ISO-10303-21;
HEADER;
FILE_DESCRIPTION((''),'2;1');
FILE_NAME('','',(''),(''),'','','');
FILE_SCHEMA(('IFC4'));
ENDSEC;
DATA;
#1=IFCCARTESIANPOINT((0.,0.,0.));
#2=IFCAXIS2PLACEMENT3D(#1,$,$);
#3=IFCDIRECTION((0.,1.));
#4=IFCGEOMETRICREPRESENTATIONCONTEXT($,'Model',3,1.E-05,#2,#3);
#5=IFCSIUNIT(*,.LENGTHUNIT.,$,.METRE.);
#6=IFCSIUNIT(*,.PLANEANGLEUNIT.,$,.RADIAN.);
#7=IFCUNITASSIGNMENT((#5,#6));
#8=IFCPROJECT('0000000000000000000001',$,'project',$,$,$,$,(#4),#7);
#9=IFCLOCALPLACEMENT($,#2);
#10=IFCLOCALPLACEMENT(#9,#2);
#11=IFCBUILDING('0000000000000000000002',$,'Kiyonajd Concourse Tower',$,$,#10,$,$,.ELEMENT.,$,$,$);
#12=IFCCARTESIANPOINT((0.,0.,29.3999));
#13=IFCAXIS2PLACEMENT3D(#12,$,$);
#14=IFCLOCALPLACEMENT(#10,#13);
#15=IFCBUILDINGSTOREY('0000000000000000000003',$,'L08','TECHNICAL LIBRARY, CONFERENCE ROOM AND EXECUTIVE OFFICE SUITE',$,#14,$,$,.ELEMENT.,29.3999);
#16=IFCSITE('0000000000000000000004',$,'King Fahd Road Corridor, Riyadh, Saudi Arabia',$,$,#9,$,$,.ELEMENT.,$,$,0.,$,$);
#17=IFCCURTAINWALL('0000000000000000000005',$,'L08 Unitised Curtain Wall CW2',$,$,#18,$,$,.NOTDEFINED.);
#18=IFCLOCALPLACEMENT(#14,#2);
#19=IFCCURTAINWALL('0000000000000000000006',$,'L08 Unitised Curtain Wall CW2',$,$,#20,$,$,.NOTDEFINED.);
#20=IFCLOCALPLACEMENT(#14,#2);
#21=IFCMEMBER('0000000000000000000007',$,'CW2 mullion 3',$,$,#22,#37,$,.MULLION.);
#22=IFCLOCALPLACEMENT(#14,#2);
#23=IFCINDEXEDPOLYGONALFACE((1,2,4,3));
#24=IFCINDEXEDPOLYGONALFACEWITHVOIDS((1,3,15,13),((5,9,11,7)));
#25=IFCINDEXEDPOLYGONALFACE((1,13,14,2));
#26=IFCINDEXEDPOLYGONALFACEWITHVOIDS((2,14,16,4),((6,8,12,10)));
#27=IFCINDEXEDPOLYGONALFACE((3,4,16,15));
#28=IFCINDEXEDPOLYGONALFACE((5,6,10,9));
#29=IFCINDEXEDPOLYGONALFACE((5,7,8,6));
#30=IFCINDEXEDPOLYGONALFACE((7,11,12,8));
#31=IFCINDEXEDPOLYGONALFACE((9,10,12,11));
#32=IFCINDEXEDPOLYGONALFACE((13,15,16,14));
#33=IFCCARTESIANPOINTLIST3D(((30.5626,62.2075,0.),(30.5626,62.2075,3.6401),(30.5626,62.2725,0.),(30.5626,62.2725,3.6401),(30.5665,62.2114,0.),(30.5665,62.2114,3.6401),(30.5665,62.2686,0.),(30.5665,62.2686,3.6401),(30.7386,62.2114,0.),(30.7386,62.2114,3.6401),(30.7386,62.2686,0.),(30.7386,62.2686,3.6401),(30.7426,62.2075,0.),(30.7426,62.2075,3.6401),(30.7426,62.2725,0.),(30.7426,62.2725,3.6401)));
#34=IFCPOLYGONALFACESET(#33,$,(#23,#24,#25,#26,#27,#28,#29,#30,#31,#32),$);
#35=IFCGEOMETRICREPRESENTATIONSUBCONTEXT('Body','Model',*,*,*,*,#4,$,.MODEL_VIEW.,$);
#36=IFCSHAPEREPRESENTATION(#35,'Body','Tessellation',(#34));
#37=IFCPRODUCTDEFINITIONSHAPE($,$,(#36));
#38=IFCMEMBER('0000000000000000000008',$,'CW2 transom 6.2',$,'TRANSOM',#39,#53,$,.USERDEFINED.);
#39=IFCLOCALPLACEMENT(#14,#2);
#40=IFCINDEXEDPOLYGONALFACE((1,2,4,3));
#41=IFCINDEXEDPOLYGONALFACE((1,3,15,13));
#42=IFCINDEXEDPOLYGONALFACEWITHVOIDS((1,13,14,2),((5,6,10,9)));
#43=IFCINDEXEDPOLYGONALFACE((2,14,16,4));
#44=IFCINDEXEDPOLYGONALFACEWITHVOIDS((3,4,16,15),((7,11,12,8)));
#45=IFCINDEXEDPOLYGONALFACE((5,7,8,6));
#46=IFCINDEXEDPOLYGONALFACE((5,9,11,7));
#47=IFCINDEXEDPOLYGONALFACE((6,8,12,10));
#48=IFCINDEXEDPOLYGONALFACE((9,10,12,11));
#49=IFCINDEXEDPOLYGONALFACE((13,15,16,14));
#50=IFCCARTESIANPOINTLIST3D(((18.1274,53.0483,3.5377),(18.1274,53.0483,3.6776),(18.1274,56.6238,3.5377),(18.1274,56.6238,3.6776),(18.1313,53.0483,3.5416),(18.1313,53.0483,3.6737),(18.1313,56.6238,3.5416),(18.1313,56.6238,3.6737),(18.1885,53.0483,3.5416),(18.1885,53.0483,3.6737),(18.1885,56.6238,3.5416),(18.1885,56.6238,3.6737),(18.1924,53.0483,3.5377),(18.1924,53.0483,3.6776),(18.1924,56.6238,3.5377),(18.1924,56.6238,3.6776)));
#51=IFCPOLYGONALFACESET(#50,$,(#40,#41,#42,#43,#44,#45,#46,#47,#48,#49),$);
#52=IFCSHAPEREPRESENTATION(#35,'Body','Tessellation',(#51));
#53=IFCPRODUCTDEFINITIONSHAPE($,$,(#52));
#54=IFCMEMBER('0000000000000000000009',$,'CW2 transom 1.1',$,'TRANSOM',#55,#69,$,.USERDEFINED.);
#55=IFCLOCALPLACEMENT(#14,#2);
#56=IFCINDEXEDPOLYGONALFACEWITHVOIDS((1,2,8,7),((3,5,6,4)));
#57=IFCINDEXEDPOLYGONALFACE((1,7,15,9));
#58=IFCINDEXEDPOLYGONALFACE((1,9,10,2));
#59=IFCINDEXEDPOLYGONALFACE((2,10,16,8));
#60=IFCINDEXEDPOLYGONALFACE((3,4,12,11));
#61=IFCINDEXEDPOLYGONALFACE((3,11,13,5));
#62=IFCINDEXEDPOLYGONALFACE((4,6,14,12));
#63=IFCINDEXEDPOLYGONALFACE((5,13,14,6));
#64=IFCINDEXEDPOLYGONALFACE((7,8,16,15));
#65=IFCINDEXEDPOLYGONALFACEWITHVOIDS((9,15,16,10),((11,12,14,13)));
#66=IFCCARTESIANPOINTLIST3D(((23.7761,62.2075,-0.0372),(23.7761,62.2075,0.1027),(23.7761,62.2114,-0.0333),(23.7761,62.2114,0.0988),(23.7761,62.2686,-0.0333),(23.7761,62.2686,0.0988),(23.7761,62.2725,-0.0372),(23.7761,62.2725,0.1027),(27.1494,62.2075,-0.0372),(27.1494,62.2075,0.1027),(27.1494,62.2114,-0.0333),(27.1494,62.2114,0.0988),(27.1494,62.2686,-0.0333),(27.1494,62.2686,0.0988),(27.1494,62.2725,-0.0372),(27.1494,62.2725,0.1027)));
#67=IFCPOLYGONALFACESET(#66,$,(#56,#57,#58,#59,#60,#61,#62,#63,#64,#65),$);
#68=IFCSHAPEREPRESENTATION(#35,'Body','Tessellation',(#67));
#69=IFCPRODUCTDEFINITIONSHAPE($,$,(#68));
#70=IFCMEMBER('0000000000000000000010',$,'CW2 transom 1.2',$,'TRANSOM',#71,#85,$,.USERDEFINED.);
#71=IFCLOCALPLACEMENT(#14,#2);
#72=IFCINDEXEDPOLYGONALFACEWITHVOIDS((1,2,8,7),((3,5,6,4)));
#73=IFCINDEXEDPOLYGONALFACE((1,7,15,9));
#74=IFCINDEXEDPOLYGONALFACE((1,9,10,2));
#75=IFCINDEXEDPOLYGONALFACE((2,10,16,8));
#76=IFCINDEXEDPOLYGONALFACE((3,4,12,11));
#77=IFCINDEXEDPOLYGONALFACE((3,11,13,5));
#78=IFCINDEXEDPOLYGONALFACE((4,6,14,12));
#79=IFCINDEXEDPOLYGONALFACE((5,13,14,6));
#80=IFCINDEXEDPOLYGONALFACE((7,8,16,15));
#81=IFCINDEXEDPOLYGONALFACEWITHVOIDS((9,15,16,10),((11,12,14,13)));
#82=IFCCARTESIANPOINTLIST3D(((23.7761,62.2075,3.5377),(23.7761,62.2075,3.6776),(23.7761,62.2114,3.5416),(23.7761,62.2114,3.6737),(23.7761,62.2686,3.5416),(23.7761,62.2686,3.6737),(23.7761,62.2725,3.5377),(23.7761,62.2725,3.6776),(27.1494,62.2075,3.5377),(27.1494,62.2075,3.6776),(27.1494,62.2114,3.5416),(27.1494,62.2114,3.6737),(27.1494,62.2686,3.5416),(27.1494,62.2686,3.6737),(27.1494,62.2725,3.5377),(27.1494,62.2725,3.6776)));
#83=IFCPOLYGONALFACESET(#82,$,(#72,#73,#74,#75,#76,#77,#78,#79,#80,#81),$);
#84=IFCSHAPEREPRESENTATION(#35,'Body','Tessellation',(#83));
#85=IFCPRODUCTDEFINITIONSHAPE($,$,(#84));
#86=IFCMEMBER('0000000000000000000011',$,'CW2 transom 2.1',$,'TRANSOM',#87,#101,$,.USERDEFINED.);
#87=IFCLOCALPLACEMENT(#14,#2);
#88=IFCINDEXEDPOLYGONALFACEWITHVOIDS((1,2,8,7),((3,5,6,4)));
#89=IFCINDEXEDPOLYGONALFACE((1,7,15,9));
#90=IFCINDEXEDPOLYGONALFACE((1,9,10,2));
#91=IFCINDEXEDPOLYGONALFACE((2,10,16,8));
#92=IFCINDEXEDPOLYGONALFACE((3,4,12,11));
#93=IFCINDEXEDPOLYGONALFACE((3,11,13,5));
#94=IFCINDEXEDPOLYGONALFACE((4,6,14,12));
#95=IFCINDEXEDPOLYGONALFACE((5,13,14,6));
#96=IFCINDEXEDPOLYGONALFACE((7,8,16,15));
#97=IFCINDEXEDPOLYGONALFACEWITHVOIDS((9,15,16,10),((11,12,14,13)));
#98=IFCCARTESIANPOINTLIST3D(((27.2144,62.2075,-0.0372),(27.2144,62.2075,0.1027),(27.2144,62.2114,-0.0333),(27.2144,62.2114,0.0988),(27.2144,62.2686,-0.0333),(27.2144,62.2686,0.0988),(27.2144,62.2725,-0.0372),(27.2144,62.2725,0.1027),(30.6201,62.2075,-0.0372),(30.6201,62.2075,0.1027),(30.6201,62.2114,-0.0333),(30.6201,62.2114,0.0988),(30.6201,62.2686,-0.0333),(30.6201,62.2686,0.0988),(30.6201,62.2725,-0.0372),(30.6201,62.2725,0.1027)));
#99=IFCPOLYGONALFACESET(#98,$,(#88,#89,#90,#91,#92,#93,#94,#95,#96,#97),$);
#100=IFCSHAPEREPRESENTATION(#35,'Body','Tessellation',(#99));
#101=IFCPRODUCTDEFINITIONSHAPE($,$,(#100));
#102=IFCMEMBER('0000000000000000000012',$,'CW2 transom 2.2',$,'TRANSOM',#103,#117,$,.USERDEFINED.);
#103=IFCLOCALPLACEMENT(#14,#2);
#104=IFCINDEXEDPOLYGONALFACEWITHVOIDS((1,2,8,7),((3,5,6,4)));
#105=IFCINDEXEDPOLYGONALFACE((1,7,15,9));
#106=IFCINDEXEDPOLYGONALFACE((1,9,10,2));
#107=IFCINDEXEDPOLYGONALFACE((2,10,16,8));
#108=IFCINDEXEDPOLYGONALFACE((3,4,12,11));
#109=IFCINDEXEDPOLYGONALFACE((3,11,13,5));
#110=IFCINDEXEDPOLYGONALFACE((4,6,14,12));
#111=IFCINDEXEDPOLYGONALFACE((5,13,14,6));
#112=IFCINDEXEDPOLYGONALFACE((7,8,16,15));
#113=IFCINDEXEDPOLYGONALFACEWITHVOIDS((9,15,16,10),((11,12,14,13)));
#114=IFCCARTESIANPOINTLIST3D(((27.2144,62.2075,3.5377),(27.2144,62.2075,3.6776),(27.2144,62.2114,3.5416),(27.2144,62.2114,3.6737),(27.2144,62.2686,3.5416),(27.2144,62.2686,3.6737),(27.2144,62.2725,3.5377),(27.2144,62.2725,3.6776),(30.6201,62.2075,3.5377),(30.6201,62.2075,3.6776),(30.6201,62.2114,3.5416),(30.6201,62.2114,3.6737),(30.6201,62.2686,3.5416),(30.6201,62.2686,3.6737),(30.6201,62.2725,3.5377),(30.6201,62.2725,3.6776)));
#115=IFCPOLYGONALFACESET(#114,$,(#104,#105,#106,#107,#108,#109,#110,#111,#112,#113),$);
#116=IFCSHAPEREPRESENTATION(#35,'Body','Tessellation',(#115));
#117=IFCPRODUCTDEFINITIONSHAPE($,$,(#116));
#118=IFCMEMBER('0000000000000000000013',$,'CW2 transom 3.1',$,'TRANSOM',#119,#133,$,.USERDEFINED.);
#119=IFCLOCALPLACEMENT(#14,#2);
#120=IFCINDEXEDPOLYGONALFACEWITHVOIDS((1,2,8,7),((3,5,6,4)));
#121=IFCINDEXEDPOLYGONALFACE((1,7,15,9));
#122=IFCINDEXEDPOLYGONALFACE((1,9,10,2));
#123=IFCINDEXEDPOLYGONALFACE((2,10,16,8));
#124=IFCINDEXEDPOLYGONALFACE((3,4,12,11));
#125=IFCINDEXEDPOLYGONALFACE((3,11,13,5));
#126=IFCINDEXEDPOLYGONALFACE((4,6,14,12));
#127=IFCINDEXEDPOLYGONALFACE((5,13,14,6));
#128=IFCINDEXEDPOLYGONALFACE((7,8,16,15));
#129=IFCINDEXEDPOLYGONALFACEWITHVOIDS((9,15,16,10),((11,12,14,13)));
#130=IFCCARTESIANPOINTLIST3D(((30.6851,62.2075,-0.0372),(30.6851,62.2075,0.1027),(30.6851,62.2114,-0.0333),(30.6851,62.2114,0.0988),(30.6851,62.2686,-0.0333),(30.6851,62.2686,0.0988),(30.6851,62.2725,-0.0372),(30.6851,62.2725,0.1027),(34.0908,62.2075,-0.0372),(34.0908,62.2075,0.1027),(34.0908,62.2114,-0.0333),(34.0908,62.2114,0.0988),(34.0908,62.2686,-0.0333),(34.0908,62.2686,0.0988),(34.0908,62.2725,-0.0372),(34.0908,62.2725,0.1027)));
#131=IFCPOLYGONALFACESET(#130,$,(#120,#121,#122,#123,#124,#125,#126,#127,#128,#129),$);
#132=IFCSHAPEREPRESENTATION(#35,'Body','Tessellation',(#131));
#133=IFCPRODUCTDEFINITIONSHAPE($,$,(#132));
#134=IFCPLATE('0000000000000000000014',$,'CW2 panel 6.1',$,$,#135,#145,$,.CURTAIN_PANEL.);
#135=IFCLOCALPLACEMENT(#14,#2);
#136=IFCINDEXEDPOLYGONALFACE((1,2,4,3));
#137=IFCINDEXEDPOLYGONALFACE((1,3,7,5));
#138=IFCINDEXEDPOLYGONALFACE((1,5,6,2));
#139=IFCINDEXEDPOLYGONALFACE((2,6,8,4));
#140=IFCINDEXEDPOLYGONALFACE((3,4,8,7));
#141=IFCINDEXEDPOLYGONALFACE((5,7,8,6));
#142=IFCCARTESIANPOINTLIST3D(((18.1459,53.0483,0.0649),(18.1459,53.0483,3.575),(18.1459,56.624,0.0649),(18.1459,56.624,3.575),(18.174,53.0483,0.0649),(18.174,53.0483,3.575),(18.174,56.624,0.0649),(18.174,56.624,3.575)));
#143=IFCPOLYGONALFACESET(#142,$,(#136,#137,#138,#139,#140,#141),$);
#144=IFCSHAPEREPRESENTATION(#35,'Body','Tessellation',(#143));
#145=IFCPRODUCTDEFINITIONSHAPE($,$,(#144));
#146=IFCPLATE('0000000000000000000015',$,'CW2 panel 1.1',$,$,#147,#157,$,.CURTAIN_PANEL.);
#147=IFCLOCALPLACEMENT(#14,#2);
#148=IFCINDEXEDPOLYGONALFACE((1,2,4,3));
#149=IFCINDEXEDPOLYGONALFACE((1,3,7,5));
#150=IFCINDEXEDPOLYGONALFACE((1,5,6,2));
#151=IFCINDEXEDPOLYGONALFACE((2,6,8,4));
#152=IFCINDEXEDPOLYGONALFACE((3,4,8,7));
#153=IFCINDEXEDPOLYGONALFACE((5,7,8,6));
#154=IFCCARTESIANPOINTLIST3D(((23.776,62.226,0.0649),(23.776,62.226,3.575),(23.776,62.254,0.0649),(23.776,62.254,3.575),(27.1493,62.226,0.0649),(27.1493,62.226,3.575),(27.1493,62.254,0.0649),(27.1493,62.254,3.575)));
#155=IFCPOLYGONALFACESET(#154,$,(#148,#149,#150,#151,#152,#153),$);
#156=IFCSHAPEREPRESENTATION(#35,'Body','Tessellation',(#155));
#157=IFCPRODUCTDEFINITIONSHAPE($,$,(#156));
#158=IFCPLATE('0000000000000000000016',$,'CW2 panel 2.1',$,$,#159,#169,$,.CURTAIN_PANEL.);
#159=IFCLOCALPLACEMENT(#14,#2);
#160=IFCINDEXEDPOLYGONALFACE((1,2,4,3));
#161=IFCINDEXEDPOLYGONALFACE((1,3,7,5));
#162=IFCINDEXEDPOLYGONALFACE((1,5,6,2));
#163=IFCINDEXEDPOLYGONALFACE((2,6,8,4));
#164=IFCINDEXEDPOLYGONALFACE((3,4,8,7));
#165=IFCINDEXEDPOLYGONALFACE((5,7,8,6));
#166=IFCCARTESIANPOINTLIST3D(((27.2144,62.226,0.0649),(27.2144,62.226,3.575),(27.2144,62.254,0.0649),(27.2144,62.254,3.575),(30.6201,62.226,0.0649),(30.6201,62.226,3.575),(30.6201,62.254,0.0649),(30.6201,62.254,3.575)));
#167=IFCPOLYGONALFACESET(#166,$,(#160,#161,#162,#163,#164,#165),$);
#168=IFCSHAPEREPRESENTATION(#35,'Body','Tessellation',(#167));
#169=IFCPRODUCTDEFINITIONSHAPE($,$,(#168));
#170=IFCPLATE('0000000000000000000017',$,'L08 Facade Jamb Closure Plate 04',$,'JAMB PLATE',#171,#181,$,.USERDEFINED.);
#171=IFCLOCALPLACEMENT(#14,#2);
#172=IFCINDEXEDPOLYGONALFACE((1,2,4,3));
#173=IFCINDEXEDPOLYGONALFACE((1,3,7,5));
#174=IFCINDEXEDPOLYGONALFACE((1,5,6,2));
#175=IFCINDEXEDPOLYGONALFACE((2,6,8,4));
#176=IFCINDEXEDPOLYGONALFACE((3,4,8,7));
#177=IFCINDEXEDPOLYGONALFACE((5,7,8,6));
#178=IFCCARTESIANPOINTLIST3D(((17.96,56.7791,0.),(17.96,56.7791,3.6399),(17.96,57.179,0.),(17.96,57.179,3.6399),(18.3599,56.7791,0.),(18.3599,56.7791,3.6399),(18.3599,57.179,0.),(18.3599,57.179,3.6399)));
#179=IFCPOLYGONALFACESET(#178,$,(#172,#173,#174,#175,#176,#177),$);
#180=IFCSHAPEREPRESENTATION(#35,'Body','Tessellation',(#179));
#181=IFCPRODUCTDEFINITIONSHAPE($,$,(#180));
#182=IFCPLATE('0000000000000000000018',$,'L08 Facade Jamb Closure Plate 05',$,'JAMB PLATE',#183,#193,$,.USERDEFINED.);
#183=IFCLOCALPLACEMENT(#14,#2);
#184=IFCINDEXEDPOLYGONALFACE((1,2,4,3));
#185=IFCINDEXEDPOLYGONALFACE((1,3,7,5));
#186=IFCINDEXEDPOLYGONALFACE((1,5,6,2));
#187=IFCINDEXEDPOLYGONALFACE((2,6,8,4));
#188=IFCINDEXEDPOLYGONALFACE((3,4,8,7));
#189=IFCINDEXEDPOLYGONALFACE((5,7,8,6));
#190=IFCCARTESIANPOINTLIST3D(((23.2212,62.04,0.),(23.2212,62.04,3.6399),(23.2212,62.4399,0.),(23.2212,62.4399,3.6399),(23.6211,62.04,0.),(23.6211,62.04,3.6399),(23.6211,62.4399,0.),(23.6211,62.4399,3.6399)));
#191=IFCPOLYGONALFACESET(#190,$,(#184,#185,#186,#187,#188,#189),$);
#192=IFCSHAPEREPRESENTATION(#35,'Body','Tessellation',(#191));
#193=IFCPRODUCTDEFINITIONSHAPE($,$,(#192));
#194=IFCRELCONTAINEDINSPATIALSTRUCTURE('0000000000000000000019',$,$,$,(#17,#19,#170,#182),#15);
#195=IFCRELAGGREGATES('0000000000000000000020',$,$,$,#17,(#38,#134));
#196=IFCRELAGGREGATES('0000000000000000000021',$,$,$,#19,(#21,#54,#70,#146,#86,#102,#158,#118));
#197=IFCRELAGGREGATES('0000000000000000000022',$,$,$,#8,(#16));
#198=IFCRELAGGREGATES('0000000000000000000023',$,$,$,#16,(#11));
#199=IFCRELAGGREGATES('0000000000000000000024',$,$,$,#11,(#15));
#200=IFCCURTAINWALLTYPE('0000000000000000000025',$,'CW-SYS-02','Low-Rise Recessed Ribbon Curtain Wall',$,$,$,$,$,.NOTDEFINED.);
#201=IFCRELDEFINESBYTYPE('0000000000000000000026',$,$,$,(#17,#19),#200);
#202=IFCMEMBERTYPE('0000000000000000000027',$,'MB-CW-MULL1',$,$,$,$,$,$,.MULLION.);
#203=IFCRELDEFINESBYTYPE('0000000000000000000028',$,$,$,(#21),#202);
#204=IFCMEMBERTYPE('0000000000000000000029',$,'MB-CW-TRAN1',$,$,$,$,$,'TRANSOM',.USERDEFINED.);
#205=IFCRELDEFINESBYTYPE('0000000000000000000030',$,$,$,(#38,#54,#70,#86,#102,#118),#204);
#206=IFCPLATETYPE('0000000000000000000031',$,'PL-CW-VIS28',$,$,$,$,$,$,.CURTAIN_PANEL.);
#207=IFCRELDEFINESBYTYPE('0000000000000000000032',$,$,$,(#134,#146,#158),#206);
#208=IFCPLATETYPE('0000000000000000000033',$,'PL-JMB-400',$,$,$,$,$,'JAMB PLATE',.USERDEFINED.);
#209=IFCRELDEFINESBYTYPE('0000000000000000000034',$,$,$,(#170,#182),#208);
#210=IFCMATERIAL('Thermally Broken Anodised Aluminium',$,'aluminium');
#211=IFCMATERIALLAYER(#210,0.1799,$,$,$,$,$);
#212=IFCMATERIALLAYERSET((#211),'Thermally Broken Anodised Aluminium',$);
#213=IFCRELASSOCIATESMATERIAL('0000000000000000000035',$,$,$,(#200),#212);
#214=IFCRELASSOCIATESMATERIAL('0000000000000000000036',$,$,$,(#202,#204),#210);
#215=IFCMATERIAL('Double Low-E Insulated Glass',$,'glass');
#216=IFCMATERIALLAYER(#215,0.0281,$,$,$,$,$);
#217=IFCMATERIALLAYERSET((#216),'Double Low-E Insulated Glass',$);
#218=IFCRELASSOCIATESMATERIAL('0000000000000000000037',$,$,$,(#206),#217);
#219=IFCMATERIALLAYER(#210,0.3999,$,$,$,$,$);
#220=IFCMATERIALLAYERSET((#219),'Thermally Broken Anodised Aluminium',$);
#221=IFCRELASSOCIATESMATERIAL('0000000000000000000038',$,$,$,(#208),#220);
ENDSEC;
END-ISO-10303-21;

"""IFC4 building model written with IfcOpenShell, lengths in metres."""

from ifc_helpers import new_model, si_unit, direction, frame, origin, origin_2d, place, context, subcontext, project, spatial, rectangle, hollow_rectangle, extrude, material, layer, layer_set, material_profile, profile_set, type_object, element, aggregate, save


model = new_model("IFC4")

# Units and contexts
model_context = context("Model", 3, precision=1e-05, world=origin(), true_north=direction((0.0, 1.0)))
body_context = subcontext(model_context, "Body", "Model", "MODEL_VIEW")
ifc_project = project(units=[si_unit("LENGTHUNIT", "METRE"), si_unit("PLANEANGLEUNIT", "RADIAN")], contexts=[model_context])

# Site, building, storey
site_placement = place(None, origin())
site = spatial("IfcSite", under=ifc_project, at=site_placement, Name="King Fahd Road Corridor, Riyadh, Saudi Arabia", CompositionType="ELEMENT", RefElevation=0.0)
building_placement = place(site_placement, origin())
building = spatial("IfcBuilding", under=site, at=building_placement, Name="Kiyonajd Concourse Tower", CompositionType="ELEMENT")
storey_placement = place(building_placement, frame((0.0, 0.0, 29.3999)))
storey = spatial("IfcBuildingStorey", under=building, at=storey_placement, Name="L08", Description="TECHNICAL LIBRARY, CONFERENCE ROOM AND EXECUTIVE OFFICE SUITE", CompositionType="ELEMENT", Elevation=29.3999)

# Curtain wall
ifc_material_1 = material(Name="Thermally Broken Anodised Aluminium", Category="aluminium")
ifc_layer_1 = layer(ifc_material_1, 0.1799)
ifc_layer_set_1 = layer_set([ifc_layer_1], Name="Thermally Broken Anodised Aluminium")
curtain_wall_type = type_object("IfcCurtainWallType", Name="CW-SYS-02", Description="Low-Rise Recessed Ribbon Curtain Wall", PredefinedType="NOTDEFINED", material=ifc_layer_set_1)
curtain_wall_1_placement = place(storey_placement, origin())
curtain_wall_1 = element("IfcCurtainWall", 1, at=curtain_wall_1_placement, inside=storey, type_object=curtain_wall_type, Name="L08 Unitised Curtain Wall CW2", PredefinedType="NOTDEFINED")
ifc_material_profile_1 = material_profile(ifc_material_1, hollow_rectangle(XDim=0.0649, YDim=0.1799, WallThickness=0.0039, at=origin_2d()), Name="MULL-65x180")
ifc_profile_set_1 = profile_set([ifc_material_profile_1], Name="Thermally Broken Anodised Aluminium")
member_type_1 = type_object("IfcMemberType", Name="MB-CW-MULL1", PredefinedType="MULLION", material=ifc_profile_set_1)

# Curtain wall, member
curtain_wall_2_placement = place(storey_placement, origin())
curtain_wall_2 = element("IfcCurtainWall", 2, at=curtain_wall_2_placement, inside=storey, type_object=curtain_wall_type, Name="L08 Unitised Curtain Wall CW2", PredefinedType="NOTDEFINED")
member_1_placement = place(storey_placement, frame((30.6526, 62.24, 0.0), z_axis=(0.0, 0.0, 1.0), x_axis=(0.0, 1.0, 0.0)))
member_1 = element("IfcMember", 3, at=member_1_placement, type_object=member_type_1, Name="CW2 mullion 3", PredefinedType="MULLION", context=body_context, shape_type="SweptSolid", body=[
    extrude(hollow_rectangle(XDim=0.0649, YDim=0.1799, WallThickness=0.0039, at=origin_2d()), origin(), (0.0, 0.0, 1.0), 3.6401),
])

# Members
ifc_material_profile_2 = material_profile(ifc_material_1, hollow_rectangle(XDim=0.0649, YDim=0.1399, WallThickness=0.0039, at=origin_2d()), Name="TRAN-65x140")
ifc_profile_set_2 = profile_set([ifc_material_profile_2], Name="Thermally Broken Anodised Aluminium")
member_type_2 = type_object("IfcMemberType", Name="MB-CW-TRAN1", ElementType="TRANSOM", PredefinedType="USERDEFINED", material=ifc_profile_set_2)
member_2_placement = place(storey_placement, frame((18.1599, 53.0483, 3.6077), z_axis=(0.0, 1.0, 0.0), x_axis=(-1.0, 0.0, 0.0)))
member_2 = element("IfcMember", 4, at=member_2_placement, type_object=member_type_2, Name="CW2 transom 6.2", ObjectType="TRANSOM", PredefinedType="USERDEFINED", context=body_context, shape_type="SweptSolid", body=[
    extrude(hollow_rectangle(XDim=0.0649, YDim=0.1399, WallThickness=0.0039, at=origin_2d()), origin(), (0.0, 0.0, 1.0), 3.5754),
])
member_3_placement = place(storey_placement, frame((23.7761, 62.24, 0.0327), z_axis=(1.0, 0.0, 0.0), x_axis=(0.0, 1.0, 0.0)))
member_3 = element("IfcMember", 5, at=member_3_placement, type_object=member_type_2, Name="CW2 transom 1.1", ObjectType="TRANSOM", PredefinedType="USERDEFINED", context=body_context, shape_type="SweptSolid", body=[
    extrude(hollow_rectangle(XDim=0.0649, YDim=0.1399, WallThickness=0.0039, at=origin_2d()), origin(), (0.0, 0.0, 1.0), 3.3733),
])
member_4_placement = place(storey_placement, frame((23.7761, 62.24, 3.6077), z_axis=(1.0, 0.0, 0.0), x_axis=(0.0, 1.0, 0.0)))
member_4 = element("IfcMember", 6, at=member_4_placement, type_object=member_type_2, Name="CW2 transom 1.2", ObjectType="TRANSOM", PredefinedType="USERDEFINED", context=body_context, shape_type="SweptSolid", body=[
    extrude(hollow_rectangle(XDim=0.0649, YDim=0.1399, WallThickness=0.0039, at=origin_2d()), origin(), (0.0, 0.0, 1.0), 3.3733),
])
member_5_placement = place(storey_placement, frame((27.2144, 62.24, 0.0327), z_axis=(1.0, 0.0, 0.0), x_axis=(0.0, 1.0, 0.0)))
member_5 = element("IfcMember", 7, at=member_5_placement, type_object=member_type_2, Name="CW2 transom 2.1", ObjectType="TRANSOM", PredefinedType="USERDEFINED", context=body_context, shape_type="SweptSolid", body=[
    extrude(hollow_rectangle(XDim=0.0649, YDim=0.1399, WallThickness=0.0039, at=origin_2d()), origin(), (0.0, 0.0, 1.0), 3.4058),
])
member_6_placement = place(storey_placement, frame((27.2144, 62.24, 3.6077), z_axis=(1.0, 0.0, 0.0), x_axis=(0.0, 1.0, 0.0)))
member_6 = element("IfcMember", 8, at=member_6_placement, type_object=member_type_2, Name="CW2 transom 2.2", ObjectType="TRANSOM", PredefinedType="USERDEFINED", context=body_context, shape_type="SweptSolid", body=[
    extrude(hollow_rectangle(XDim=0.0649, YDim=0.1399, WallThickness=0.0039, at=origin_2d()), origin(), (0.0, 0.0, 1.0), 3.4058),
])
member_7_placement = place(storey_placement, frame((30.6851, 62.24, 0.0327), z_axis=(1.0, 0.0, 0.0), x_axis=(0.0, 1.0, 0.0)))
member_7 = element("IfcMember", 9, at=member_7_placement, type_object=member_type_2, Name="CW2 transom 3.1", ObjectType="TRANSOM", PredefinedType="USERDEFINED", context=body_context, shape_type="SweptSolid", body=[
    extrude(hollow_rectangle(XDim=0.0649, YDim=0.1399, WallThickness=0.0039, at=origin_2d()), origin(), (0.0, 0.0, 1.0), 3.4058),
])

# Plates
ifc_material_2 = material(Name="Double Low-E Insulated Glass", Category="glass")
ifc_layer_2 = layer(ifc_material_2, 0.0281)
ifc_layer_set_2 = layer_set([ifc_layer_2], Name="Double Low-E Insulated Glass")
plate_type_1 = type_object("IfcPlateType", Name="PL-CW-VIS28", PredefinedType="CURTAIN_PANEL", material=ifc_layer_set_2)
plate_1_placement = place(storey_placement, frame((18.1599, 54.8362, 0.0649), z_axis=(0.0, 0.0, 1.0), x_axis=(0.0, 1.0, 0.0)))
plate_1 = element("IfcPlate", 10, at=plate_1_placement, type_object=plate_type_1, Name="CW2 panel 6.1", PredefinedType="CURTAIN_PANEL", context=body_context, shape_type="SweptSolid", body=[
    extrude(rectangle(XDim=3.5757, YDim=0.0281, at=origin_2d()), origin(), (0.0, 0.0, 1.0), 3.51),
])
aggregate(curtain_wall_1, [member_2, plate_1])
plate_2_placement = place(storey_placement, frame((25.4626, 62.24, 0.0649), z_axis=(0.0, 0.0, 1.0), x_axis=(1.0, 0.0, 0.0)))
plate_2 = element("IfcPlate", 11, at=plate_2_placement, type_object=plate_type_1, Name="CW2 panel 1.1", PredefinedType="CURTAIN_PANEL", context=body_context, shape_type="SweptSolid", body=[
    extrude(rectangle(XDim=3.3733, YDim=0.0281, at=origin_2d()), origin(), (0.0, 0.0, 1.0), 3.51),
])
plate_3_placement = place(storey_placement, frame((28.9172, 62.24, 0.0649), z_axis=(0.0, 0.0, 1.0), x_axis=(1.0, 0.0, 0.0)))
plate_3 = element("IfcPlate", 12, at=plate_3_placement, type_object=plate_type_1, Name="CW2 panel 2.1", PredefinedType="CURTAIN_PANEL", context=body_context, shape_type="SweptSolid", body=[
    extrude(rectangle(XDim=3.4058, YDim=0.0281, at=origin_2d()), origin(), (0.0, 0.0, 1.0), 3.51),
])
aggregate(curtain_wall_2, [member_1, member_3, member_4, plate_2, member_5, member_6, plate_3, member_7])

# Plates
ifc_layer_3 = layer(ifc_material_1, 0.3999)
ifc_layer_set_3 = layer_set([ifc_layer_3], Name="Thermally Broken Anodised Aluminium")
plate_type_2 = type_object("IfcPlateType", Name="PL-JMB-400", ElementType="JAMB PLATE", PredefinedType="USERDEFINED", material=ifc_layer_set_3)
for number, where, z_axis, x_axis, name in (
    (13, (18.1599, 56.979, 0.0), (0.0, 0.0, 1.0), (1.0, 0.0, 0.0), "L08 Facade Jamb Closure Plate 04"),
    (14, (23.4211, 62.24, 0.0), (0.0, 0.0, 1.0), (1.0, 0.0, 0.0), "L08 Facade Jamb Closure Plate 05"),
):
    element("IfcPlate", number, at=place(storey_placement, frame(where, z_axis=z_axis, x_axis=x_axis)), inside=storey, type_object=plate_type_2, Name=name, ObjectType="JAMB PLATE", PredefinedType="USERDEFINED", context=body_context, shape_type="SweptSolid", body=[
        extrude(rectangle(XDim=0.3999, YDim=0.3999, at=origin_2d()), origin(), (0.0, 0.0, 1.0), 3.6399),
    ])

save(model, "model.ifc")
